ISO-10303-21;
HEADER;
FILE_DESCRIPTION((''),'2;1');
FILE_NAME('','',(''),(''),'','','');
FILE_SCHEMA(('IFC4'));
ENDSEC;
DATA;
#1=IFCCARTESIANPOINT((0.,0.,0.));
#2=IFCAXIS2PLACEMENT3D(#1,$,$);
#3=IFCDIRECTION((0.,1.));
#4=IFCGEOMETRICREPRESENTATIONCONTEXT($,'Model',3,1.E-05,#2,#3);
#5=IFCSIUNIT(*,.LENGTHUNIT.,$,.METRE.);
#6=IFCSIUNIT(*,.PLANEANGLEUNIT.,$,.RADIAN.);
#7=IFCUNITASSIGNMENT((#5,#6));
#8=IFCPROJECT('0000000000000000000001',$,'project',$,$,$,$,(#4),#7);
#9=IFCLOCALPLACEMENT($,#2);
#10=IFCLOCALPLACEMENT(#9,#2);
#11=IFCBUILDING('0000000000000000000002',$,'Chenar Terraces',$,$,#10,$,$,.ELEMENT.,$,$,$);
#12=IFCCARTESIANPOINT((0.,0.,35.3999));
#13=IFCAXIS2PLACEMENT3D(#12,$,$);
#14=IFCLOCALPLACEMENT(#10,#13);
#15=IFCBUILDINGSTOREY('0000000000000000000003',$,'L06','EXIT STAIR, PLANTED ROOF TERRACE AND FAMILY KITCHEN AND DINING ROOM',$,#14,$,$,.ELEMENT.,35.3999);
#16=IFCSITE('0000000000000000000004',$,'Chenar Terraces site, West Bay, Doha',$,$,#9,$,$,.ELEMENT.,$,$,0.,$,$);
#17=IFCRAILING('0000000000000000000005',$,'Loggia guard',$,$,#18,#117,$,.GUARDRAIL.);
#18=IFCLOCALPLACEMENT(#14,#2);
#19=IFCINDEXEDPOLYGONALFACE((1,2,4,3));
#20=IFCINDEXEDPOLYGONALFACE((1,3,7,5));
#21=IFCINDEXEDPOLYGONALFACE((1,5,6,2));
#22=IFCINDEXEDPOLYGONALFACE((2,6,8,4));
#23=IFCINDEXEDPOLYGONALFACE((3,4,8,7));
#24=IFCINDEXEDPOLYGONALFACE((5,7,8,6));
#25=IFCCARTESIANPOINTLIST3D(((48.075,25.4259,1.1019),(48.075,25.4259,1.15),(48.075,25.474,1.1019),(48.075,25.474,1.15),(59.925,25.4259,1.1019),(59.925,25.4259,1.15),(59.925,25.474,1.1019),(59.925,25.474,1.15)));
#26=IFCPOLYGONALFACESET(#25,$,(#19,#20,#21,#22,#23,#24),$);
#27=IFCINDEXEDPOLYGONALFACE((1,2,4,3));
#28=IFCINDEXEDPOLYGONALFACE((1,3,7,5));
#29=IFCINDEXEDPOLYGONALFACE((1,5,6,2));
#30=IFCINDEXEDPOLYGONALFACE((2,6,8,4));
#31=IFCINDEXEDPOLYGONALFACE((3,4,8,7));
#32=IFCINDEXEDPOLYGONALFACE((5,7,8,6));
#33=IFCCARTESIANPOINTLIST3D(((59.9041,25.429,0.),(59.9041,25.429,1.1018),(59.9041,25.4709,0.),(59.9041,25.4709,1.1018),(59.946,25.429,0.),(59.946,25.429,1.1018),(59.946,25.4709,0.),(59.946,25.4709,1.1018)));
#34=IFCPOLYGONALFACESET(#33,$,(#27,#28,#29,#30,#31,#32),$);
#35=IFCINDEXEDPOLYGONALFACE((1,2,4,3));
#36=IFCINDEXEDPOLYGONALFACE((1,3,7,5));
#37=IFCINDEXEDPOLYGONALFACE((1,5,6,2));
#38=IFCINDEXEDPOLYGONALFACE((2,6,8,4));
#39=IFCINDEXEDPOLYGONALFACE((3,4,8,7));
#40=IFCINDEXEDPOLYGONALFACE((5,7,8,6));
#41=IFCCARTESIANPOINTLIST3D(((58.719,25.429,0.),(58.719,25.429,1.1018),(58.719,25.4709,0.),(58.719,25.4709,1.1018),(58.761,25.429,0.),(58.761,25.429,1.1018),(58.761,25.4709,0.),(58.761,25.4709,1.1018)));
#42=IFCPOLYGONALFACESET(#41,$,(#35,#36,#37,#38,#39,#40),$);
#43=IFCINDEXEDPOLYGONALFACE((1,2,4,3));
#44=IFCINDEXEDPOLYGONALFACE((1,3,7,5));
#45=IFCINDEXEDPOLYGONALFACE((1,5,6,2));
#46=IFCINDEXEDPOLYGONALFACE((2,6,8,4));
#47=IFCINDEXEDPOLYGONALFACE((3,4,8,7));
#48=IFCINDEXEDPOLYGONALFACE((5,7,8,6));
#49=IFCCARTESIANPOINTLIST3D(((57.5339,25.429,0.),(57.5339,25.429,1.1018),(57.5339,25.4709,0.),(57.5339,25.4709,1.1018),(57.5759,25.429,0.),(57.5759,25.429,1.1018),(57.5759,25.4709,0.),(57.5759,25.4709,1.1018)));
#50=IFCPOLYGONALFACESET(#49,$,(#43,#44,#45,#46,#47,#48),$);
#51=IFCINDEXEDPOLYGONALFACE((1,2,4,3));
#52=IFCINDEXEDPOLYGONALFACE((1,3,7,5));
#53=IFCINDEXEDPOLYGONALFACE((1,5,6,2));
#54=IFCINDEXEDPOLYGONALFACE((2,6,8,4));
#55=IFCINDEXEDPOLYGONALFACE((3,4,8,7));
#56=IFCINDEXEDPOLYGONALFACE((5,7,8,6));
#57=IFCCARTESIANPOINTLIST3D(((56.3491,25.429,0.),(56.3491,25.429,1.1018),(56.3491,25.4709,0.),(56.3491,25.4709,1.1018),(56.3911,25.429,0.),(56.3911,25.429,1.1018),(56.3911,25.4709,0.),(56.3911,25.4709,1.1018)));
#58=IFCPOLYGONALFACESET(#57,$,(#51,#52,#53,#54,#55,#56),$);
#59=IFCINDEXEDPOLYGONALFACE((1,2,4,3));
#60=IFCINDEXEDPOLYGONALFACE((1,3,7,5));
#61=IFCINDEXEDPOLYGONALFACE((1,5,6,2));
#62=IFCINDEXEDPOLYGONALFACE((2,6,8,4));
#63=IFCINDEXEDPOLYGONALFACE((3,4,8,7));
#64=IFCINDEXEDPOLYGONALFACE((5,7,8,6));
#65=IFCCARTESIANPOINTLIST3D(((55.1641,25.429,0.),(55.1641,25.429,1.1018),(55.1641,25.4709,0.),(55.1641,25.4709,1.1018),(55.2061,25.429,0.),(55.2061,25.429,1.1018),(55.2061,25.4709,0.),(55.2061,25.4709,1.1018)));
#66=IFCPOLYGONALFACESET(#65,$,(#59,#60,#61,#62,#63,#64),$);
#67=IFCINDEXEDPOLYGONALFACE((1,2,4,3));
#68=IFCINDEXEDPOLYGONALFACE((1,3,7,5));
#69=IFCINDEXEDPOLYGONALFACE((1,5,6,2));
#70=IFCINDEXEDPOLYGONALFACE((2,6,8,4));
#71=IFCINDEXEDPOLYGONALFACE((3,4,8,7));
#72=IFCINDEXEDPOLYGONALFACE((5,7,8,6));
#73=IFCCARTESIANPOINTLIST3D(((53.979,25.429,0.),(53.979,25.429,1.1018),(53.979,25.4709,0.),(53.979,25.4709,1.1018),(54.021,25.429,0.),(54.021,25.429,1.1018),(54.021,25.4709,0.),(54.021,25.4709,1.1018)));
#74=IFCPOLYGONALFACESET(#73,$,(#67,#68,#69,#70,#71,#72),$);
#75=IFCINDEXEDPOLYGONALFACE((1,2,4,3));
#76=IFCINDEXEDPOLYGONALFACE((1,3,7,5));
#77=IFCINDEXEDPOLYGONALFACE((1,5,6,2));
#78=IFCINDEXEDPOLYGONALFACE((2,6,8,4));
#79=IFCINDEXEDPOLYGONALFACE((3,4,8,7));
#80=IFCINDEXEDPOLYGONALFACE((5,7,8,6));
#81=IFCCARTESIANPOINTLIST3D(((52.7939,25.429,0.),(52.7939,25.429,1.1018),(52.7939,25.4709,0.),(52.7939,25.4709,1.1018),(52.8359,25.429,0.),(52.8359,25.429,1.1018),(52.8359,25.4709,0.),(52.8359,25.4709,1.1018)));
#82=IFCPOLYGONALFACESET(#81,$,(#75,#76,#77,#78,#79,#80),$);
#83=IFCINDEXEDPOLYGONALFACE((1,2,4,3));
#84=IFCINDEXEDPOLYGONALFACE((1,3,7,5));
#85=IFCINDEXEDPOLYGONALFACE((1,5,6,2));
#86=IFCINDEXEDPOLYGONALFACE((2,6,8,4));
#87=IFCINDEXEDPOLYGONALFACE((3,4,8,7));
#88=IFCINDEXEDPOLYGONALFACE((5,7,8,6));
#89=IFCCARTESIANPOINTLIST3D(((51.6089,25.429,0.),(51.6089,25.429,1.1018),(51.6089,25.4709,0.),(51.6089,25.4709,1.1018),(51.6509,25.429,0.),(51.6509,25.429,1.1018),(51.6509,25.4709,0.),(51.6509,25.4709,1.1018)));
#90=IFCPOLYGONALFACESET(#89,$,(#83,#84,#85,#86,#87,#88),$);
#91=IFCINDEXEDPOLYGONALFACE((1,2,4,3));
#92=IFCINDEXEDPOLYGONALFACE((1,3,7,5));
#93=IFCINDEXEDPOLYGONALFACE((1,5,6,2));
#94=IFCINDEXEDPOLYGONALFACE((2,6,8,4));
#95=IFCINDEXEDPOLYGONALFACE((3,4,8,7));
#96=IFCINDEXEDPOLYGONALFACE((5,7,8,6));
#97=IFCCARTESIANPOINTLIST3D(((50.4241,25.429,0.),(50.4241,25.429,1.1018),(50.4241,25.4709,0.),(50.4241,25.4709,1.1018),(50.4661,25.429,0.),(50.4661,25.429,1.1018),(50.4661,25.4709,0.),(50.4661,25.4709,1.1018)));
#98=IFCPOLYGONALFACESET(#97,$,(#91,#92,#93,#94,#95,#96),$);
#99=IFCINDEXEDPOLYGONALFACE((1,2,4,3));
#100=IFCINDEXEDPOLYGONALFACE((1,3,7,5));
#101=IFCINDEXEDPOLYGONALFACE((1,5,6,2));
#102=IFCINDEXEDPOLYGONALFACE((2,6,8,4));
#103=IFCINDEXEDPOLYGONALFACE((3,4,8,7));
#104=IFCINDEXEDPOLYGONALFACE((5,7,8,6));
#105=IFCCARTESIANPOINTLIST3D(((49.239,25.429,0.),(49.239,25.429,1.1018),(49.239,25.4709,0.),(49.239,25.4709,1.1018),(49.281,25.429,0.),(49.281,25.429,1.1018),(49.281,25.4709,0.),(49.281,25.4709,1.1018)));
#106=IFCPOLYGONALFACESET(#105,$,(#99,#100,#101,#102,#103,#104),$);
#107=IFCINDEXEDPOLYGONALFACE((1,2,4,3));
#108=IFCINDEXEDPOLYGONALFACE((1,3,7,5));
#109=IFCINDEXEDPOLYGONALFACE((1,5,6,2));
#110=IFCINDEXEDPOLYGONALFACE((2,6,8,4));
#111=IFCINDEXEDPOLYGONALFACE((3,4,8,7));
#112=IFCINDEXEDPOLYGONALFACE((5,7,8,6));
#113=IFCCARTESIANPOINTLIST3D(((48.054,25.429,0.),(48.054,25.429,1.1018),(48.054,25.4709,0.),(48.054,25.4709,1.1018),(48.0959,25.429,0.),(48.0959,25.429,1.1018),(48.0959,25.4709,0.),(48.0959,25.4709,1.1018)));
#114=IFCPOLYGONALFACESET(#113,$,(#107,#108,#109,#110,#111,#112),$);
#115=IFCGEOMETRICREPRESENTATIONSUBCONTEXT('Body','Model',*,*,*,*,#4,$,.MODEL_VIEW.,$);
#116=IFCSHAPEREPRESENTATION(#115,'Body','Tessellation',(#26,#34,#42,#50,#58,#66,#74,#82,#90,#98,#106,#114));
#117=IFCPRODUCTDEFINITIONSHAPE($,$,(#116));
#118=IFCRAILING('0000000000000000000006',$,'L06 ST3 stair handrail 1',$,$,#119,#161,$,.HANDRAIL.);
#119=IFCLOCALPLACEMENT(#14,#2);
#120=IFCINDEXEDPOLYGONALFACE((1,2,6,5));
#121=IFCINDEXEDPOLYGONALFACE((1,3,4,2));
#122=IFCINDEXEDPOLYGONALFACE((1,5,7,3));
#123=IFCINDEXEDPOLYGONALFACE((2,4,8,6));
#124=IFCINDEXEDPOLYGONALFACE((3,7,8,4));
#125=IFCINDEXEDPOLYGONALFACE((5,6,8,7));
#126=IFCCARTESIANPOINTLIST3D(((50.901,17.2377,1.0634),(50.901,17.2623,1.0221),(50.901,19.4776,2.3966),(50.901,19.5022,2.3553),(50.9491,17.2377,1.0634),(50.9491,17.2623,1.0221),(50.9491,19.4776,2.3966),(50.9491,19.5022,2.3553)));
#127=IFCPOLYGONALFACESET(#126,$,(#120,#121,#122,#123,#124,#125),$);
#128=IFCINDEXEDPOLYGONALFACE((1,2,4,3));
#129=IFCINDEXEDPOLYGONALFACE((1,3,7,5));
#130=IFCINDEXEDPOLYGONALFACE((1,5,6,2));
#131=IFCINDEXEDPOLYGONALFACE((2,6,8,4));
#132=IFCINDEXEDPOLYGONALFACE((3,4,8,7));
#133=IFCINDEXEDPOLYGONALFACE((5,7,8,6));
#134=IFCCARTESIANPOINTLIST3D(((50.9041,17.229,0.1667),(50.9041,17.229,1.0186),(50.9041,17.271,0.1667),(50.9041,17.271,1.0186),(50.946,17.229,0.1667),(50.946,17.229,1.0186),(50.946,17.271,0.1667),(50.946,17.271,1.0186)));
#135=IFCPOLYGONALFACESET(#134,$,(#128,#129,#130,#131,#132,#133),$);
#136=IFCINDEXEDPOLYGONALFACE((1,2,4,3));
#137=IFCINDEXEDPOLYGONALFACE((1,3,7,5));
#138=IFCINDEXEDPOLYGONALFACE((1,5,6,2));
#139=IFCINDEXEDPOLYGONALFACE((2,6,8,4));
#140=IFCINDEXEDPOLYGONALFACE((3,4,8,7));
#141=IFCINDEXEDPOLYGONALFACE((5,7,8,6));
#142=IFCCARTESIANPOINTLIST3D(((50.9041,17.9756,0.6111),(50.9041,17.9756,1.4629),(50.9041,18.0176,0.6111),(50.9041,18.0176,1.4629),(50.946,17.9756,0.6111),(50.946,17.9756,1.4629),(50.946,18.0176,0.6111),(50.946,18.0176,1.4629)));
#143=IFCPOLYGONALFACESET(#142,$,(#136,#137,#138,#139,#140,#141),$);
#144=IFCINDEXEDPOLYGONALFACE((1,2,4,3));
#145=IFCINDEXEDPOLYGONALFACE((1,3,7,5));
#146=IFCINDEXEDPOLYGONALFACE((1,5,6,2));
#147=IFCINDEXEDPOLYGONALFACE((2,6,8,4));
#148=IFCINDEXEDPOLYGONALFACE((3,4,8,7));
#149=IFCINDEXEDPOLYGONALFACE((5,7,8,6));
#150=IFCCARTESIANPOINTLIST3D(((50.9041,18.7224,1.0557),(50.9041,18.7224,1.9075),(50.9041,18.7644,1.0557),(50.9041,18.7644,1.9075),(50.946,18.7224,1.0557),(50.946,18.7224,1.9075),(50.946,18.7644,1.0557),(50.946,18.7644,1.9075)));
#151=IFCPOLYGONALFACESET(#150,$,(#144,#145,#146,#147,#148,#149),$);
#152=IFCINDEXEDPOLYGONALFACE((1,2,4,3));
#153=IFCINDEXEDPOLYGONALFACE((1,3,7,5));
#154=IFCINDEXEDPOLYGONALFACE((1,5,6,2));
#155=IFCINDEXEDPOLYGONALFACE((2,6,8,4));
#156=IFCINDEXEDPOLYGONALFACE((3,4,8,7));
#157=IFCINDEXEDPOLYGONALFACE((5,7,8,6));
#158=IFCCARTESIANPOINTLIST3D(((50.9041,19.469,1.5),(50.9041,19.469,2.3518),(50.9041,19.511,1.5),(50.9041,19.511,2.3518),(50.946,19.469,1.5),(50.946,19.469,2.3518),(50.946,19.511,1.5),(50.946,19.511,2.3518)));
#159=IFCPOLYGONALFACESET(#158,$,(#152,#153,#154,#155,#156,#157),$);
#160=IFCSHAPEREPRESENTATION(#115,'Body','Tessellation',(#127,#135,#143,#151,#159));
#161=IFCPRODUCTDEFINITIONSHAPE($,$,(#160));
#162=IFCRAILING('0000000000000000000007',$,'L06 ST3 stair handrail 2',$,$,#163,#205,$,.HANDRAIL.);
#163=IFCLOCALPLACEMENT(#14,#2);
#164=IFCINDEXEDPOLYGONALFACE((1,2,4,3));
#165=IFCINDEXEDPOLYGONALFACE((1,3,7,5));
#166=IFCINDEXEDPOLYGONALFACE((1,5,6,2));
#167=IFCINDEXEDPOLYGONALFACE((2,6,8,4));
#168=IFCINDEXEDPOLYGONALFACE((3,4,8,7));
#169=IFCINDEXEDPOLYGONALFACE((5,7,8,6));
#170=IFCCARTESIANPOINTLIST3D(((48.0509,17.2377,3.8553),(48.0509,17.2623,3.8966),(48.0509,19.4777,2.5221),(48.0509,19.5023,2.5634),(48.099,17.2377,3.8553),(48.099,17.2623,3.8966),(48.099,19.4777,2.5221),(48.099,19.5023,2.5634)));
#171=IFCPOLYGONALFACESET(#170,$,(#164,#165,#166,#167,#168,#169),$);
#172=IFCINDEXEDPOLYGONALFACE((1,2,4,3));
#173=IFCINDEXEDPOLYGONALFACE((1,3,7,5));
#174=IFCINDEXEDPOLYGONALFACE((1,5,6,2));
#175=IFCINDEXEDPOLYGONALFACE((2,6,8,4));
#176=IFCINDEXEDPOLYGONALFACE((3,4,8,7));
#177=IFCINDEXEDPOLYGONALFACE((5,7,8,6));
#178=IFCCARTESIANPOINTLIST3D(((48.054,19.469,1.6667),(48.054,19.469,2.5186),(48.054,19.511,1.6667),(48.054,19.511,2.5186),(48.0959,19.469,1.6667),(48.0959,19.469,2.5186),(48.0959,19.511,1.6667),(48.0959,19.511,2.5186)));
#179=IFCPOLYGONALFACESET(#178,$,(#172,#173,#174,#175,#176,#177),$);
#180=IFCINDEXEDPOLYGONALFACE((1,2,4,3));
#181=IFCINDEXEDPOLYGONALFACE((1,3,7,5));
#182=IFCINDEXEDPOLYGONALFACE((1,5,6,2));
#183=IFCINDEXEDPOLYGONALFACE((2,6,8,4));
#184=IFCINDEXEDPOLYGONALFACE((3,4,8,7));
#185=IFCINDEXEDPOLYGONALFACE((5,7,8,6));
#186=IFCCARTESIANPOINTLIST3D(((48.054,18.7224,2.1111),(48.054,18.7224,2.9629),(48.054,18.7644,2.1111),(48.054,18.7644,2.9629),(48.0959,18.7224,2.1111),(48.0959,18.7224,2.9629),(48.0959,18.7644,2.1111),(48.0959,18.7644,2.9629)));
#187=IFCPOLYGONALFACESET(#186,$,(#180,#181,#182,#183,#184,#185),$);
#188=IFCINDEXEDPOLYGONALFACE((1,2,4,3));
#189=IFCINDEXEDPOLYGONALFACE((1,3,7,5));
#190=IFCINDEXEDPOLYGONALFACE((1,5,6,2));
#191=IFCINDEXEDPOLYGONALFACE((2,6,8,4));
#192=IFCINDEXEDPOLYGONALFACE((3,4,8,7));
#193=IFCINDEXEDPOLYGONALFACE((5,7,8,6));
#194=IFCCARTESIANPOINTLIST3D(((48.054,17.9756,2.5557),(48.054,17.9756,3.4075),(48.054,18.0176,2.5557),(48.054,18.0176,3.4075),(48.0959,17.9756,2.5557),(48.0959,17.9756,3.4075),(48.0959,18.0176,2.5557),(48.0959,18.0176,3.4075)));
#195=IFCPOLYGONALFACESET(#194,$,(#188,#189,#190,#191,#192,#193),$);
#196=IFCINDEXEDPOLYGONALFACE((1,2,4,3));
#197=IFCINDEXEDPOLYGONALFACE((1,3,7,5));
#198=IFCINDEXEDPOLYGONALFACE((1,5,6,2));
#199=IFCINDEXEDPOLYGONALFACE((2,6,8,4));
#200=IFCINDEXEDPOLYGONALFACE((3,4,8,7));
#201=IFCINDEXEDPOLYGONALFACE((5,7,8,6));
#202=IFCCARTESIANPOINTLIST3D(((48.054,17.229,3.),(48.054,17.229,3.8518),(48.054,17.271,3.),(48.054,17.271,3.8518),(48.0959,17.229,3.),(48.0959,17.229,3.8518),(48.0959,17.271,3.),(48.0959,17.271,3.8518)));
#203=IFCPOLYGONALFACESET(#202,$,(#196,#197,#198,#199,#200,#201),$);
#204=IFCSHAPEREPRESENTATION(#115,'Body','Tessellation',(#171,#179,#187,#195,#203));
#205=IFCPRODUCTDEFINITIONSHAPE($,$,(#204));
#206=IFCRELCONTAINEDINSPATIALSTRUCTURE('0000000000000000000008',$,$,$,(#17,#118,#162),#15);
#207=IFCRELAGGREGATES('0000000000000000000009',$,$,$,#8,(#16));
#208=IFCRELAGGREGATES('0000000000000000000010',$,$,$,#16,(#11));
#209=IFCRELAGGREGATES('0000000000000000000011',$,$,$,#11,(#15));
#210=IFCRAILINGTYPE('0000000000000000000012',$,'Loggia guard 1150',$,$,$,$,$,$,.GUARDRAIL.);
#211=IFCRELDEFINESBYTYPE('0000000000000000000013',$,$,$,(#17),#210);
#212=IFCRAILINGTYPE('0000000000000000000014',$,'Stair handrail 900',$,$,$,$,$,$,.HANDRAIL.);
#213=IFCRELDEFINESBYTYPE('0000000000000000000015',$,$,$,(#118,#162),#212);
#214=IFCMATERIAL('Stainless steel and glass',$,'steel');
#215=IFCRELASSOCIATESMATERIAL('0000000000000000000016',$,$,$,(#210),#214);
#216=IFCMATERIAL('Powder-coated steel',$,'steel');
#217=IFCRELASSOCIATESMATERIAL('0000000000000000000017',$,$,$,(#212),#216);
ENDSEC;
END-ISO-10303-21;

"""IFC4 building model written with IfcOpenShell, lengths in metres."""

from ifc_helpers import new_model, si_unit, direction, frame, origin, origin_2d, place, context, subcontext, project, spatial, rectangle, extrude, material, type_object, element, save


model = new_model("IFC4")

# Units and contexts
model_context = context("Model", 3, precision=1e-05, world=origin(), true_north=direction((0.0, 1.0)))
body_context = subcontext(model_context, "Body", "Model", "MODEL_VIEW")
ifc_project = project(units=[si_unit("LENGTHUNIT", "METRE"), si_unit("PLANEANGLEUNIT", "RADIAN")], contexts=[model_context])

# Site, building, storey
site_placement = place(None, origin())
site = spatial("IfcSite", under=ifc_project, at=site_placement, Name="Chenar Terraces site, West Bay, Doha", CompositionType="ELEMENT", RefElevation=0.0)
building_placement = place(site_placement, origin())
building = spatial("IfcBuilding", under=site, at=building_placement, Name="Chenar Terraces", CompositionType="ELEMENT")
storey_placement = place(building_placement, frame((0.0, 0.0, 35.3999)))
storey = spatial("IfcBuildingStorey", under=building, at=storey_placement, Name="L06", Description="EXIT STAIR, PLANTED ROOF TERRACE AND FAMILY KITCHEN AND DINING ROOM", CompositionType="ELEMENT", Elevation=35.3999)

# Railings
ifc_material_1 = material(Name="Stainless steel and glass", Category="steel")
railing_type_1 = type_object("IfcRailingType", Name="Loggia guard 1150", PredefinedType="GUARDRAIL", material=ifc_material_1)
railing_1_placement = place(storey_placement, frame((59.925, 25.45, 0.0)))
element("IfcRailing", 1, at=railing_1_placement, inside=storey, type_object=railing_type_1, Name="Loggia guard", PredefinedType="GUARDRAIL", context=body_context, shape_type="SweptSolid", body=[
    extrude(rectangle(XDim=0.0481, YDim=0.0481, at=origin_2d()), frame((0.0, 0.0, 1.126), z_axis=(-1.0, 0.0, 0.0), x_axis=(0.0, -1.0, 0.0)), (0.0, 0.0, 1.0), 11.8501),
    extrude(rectangle(XDim=0.042, YDim=0.042, at=origin_2d()), origin(), (0.0, 0.0, 1.0), 1.1018),
    extrude(rectangle(XDim=0.042, YDim=0.042, at=origin_2d()), frame((-1.1851, 0.0, 0.0)), (0.0, 0.0, 1.0), 1.1018),
    extrude(rectangle(XDim=0.042, YDim=0.042, at=origin_2d()), frame((-2.3701, 0.0, 0.0)), (0.0, 0.0, 1.0), 1.1018),
    extrude(rectangle(XDim=0.042, YDim=0.042, at=origin_2d()), frame((-3.5549, 0.0, 0.0)), (0.0, 0.0, 1.0), 1.1018),
    extrude(rectangle(XDim=0.042, YDim=0.042, at=origin_2d()), frame((-4.74, 0.0, 0.0)), (0.0, 0.0, 1.0), 1.1018),
    extrude(rectangle(XDim=0.042, YDim=0.042, at=origin_2d()), frame((-5.925, 0.0, 0.0)), (0.0, 0.0, 1.0), 1.1018),
    extrude(rectangle(XDim=0.042, YDim=0.042, at=origin_2d()), frame((-7.1101, 0.0, 0.0)), (0.0, 0.0, 1.0), 1.1018),
    extrude(rectangle(XDim=0.042, YDim=0.042, at=origin_2d()), frame((-8.2952, 0.0, 0.0)), (0.0, 0.0, 1.0), 1.1018),
    extrude(rectangle(XDim=0.042, YDim=0.042, at=origin_2d()), frame((-9.48, 0.0, 0.0)), (0.0, 0.0, 1.0), 1.1018),
    extrude(rectangle(XDim=0.042, YDim=0.042, at=origin_2d()), frame((-10.665, 0.0, 0.0)), (0.0, 0.0, 1.0), 1.1018),
    extrude(rectangle(XDim=0.042, YDim=0.042, at=origin_2d()), frame((-11.8501, 0.0, 0.0)), (0.0, 0.0, 1.0), 1.1018),
])
ifc_material_2 = material(Name="Powder-coated steel", Category="steel")
railing_type_2 = type_object("IfcRailingType", Name="Stair handrail 900", PredefinedType="HANDRAIL", material=ifc_material_2)
railing_2_placement = place(storey_placement, frame((50.925, 17.25, 0.1667)))
element("IfcRailing", 2, at=railing_2_placement, inside=storey, type_object=railing_type_2, Name="L06 ST3 stair handrail 1", PredefinedType="HANDRAIL", context=body_context, shape_type="SweptSolid", body=[
    extrude(rectangle(XDim=0.0481, YDim=0.0481, at=origin_2d()), frame((0.0, 0.0, 0.876), z_axis=(0.0, 0.859306, 0.511462), x_axis=(-1.0, 0.0, 0.0)), (0.0, 0.0, 1.0), 2.6067),
    extrude(rectangle(XDim=0.042, YDim=0.042, at=origin_2d()), origin(), (0.0, 0.0, 1.0), 0.8518),
    extrude(rectangle(XDim=0.042, YDim=0.042, at=origin_2d()), frame((0.0, 0.7466, 0.4443)), (0.0, 0.0, 1.0), 0.8518),
    extrude(rectangle(XDim=0.042, YDim=0.042, at=origin_2d()), frame((0.0, 1.4934, 0.8889)), (0.0, 0.0, 1.0), 0.8518),
    extrude(rectangle(XDim=0.042, YDim=0.042, at=origin_2d()), frame((0.0, 2.24, 1.3333)), (0.0, 0.0, 1.0), 0.8518),
])
railing_3_placement = place(storey_placement, frame((48.075, 19.49, 1.6667)))
element("IfcRailing", 3, at=railing_3_placement, inside=storey, type_object=railing_type_2, Name="L06 ST3 stair handrail 2", PredefinedType="HANDRAIL", context=body_context, shape_type="SweptSolid", body=[
    extrude(rectangle(XDim=0.0481, YDim=0.0481, at=origin_2d()), frame((0.0, 0.0, 0.876), z_axis=(0.0, -0.859306, 0.511462), x_axis=(1.0, 0.0, 0.0)), (0.0, 0.0, 1.0), 2.6067),
    extrude(rectangle(XDim=0.042, YDim=0.042, at=origin_2d()), origin(), (0.0, 0.0, 1.0), 0.8518),
    extrude(rectangle(XDim=0.042, YDim=0.042, at=origin_2d()), frame((0.0, -0.7466, 0.4443)), (0.0, 0.0, 1.0), 0.8518),
    extrude(rectangle(XDim=0.042, YDim=0.042, at=origin_2d()), frame((0.0, -1.4934, 0.8889)), (0.0, 0.0, 1.0), 0.8518),
    extrude(rectangle(XDim=0.042, YDim=0.042, at=origin_2d()), frame((0.0, -2.24, 1.3333)), (0.0, 0.0, 1.0), 0.8518),
])

save(model, "model.ifc")
